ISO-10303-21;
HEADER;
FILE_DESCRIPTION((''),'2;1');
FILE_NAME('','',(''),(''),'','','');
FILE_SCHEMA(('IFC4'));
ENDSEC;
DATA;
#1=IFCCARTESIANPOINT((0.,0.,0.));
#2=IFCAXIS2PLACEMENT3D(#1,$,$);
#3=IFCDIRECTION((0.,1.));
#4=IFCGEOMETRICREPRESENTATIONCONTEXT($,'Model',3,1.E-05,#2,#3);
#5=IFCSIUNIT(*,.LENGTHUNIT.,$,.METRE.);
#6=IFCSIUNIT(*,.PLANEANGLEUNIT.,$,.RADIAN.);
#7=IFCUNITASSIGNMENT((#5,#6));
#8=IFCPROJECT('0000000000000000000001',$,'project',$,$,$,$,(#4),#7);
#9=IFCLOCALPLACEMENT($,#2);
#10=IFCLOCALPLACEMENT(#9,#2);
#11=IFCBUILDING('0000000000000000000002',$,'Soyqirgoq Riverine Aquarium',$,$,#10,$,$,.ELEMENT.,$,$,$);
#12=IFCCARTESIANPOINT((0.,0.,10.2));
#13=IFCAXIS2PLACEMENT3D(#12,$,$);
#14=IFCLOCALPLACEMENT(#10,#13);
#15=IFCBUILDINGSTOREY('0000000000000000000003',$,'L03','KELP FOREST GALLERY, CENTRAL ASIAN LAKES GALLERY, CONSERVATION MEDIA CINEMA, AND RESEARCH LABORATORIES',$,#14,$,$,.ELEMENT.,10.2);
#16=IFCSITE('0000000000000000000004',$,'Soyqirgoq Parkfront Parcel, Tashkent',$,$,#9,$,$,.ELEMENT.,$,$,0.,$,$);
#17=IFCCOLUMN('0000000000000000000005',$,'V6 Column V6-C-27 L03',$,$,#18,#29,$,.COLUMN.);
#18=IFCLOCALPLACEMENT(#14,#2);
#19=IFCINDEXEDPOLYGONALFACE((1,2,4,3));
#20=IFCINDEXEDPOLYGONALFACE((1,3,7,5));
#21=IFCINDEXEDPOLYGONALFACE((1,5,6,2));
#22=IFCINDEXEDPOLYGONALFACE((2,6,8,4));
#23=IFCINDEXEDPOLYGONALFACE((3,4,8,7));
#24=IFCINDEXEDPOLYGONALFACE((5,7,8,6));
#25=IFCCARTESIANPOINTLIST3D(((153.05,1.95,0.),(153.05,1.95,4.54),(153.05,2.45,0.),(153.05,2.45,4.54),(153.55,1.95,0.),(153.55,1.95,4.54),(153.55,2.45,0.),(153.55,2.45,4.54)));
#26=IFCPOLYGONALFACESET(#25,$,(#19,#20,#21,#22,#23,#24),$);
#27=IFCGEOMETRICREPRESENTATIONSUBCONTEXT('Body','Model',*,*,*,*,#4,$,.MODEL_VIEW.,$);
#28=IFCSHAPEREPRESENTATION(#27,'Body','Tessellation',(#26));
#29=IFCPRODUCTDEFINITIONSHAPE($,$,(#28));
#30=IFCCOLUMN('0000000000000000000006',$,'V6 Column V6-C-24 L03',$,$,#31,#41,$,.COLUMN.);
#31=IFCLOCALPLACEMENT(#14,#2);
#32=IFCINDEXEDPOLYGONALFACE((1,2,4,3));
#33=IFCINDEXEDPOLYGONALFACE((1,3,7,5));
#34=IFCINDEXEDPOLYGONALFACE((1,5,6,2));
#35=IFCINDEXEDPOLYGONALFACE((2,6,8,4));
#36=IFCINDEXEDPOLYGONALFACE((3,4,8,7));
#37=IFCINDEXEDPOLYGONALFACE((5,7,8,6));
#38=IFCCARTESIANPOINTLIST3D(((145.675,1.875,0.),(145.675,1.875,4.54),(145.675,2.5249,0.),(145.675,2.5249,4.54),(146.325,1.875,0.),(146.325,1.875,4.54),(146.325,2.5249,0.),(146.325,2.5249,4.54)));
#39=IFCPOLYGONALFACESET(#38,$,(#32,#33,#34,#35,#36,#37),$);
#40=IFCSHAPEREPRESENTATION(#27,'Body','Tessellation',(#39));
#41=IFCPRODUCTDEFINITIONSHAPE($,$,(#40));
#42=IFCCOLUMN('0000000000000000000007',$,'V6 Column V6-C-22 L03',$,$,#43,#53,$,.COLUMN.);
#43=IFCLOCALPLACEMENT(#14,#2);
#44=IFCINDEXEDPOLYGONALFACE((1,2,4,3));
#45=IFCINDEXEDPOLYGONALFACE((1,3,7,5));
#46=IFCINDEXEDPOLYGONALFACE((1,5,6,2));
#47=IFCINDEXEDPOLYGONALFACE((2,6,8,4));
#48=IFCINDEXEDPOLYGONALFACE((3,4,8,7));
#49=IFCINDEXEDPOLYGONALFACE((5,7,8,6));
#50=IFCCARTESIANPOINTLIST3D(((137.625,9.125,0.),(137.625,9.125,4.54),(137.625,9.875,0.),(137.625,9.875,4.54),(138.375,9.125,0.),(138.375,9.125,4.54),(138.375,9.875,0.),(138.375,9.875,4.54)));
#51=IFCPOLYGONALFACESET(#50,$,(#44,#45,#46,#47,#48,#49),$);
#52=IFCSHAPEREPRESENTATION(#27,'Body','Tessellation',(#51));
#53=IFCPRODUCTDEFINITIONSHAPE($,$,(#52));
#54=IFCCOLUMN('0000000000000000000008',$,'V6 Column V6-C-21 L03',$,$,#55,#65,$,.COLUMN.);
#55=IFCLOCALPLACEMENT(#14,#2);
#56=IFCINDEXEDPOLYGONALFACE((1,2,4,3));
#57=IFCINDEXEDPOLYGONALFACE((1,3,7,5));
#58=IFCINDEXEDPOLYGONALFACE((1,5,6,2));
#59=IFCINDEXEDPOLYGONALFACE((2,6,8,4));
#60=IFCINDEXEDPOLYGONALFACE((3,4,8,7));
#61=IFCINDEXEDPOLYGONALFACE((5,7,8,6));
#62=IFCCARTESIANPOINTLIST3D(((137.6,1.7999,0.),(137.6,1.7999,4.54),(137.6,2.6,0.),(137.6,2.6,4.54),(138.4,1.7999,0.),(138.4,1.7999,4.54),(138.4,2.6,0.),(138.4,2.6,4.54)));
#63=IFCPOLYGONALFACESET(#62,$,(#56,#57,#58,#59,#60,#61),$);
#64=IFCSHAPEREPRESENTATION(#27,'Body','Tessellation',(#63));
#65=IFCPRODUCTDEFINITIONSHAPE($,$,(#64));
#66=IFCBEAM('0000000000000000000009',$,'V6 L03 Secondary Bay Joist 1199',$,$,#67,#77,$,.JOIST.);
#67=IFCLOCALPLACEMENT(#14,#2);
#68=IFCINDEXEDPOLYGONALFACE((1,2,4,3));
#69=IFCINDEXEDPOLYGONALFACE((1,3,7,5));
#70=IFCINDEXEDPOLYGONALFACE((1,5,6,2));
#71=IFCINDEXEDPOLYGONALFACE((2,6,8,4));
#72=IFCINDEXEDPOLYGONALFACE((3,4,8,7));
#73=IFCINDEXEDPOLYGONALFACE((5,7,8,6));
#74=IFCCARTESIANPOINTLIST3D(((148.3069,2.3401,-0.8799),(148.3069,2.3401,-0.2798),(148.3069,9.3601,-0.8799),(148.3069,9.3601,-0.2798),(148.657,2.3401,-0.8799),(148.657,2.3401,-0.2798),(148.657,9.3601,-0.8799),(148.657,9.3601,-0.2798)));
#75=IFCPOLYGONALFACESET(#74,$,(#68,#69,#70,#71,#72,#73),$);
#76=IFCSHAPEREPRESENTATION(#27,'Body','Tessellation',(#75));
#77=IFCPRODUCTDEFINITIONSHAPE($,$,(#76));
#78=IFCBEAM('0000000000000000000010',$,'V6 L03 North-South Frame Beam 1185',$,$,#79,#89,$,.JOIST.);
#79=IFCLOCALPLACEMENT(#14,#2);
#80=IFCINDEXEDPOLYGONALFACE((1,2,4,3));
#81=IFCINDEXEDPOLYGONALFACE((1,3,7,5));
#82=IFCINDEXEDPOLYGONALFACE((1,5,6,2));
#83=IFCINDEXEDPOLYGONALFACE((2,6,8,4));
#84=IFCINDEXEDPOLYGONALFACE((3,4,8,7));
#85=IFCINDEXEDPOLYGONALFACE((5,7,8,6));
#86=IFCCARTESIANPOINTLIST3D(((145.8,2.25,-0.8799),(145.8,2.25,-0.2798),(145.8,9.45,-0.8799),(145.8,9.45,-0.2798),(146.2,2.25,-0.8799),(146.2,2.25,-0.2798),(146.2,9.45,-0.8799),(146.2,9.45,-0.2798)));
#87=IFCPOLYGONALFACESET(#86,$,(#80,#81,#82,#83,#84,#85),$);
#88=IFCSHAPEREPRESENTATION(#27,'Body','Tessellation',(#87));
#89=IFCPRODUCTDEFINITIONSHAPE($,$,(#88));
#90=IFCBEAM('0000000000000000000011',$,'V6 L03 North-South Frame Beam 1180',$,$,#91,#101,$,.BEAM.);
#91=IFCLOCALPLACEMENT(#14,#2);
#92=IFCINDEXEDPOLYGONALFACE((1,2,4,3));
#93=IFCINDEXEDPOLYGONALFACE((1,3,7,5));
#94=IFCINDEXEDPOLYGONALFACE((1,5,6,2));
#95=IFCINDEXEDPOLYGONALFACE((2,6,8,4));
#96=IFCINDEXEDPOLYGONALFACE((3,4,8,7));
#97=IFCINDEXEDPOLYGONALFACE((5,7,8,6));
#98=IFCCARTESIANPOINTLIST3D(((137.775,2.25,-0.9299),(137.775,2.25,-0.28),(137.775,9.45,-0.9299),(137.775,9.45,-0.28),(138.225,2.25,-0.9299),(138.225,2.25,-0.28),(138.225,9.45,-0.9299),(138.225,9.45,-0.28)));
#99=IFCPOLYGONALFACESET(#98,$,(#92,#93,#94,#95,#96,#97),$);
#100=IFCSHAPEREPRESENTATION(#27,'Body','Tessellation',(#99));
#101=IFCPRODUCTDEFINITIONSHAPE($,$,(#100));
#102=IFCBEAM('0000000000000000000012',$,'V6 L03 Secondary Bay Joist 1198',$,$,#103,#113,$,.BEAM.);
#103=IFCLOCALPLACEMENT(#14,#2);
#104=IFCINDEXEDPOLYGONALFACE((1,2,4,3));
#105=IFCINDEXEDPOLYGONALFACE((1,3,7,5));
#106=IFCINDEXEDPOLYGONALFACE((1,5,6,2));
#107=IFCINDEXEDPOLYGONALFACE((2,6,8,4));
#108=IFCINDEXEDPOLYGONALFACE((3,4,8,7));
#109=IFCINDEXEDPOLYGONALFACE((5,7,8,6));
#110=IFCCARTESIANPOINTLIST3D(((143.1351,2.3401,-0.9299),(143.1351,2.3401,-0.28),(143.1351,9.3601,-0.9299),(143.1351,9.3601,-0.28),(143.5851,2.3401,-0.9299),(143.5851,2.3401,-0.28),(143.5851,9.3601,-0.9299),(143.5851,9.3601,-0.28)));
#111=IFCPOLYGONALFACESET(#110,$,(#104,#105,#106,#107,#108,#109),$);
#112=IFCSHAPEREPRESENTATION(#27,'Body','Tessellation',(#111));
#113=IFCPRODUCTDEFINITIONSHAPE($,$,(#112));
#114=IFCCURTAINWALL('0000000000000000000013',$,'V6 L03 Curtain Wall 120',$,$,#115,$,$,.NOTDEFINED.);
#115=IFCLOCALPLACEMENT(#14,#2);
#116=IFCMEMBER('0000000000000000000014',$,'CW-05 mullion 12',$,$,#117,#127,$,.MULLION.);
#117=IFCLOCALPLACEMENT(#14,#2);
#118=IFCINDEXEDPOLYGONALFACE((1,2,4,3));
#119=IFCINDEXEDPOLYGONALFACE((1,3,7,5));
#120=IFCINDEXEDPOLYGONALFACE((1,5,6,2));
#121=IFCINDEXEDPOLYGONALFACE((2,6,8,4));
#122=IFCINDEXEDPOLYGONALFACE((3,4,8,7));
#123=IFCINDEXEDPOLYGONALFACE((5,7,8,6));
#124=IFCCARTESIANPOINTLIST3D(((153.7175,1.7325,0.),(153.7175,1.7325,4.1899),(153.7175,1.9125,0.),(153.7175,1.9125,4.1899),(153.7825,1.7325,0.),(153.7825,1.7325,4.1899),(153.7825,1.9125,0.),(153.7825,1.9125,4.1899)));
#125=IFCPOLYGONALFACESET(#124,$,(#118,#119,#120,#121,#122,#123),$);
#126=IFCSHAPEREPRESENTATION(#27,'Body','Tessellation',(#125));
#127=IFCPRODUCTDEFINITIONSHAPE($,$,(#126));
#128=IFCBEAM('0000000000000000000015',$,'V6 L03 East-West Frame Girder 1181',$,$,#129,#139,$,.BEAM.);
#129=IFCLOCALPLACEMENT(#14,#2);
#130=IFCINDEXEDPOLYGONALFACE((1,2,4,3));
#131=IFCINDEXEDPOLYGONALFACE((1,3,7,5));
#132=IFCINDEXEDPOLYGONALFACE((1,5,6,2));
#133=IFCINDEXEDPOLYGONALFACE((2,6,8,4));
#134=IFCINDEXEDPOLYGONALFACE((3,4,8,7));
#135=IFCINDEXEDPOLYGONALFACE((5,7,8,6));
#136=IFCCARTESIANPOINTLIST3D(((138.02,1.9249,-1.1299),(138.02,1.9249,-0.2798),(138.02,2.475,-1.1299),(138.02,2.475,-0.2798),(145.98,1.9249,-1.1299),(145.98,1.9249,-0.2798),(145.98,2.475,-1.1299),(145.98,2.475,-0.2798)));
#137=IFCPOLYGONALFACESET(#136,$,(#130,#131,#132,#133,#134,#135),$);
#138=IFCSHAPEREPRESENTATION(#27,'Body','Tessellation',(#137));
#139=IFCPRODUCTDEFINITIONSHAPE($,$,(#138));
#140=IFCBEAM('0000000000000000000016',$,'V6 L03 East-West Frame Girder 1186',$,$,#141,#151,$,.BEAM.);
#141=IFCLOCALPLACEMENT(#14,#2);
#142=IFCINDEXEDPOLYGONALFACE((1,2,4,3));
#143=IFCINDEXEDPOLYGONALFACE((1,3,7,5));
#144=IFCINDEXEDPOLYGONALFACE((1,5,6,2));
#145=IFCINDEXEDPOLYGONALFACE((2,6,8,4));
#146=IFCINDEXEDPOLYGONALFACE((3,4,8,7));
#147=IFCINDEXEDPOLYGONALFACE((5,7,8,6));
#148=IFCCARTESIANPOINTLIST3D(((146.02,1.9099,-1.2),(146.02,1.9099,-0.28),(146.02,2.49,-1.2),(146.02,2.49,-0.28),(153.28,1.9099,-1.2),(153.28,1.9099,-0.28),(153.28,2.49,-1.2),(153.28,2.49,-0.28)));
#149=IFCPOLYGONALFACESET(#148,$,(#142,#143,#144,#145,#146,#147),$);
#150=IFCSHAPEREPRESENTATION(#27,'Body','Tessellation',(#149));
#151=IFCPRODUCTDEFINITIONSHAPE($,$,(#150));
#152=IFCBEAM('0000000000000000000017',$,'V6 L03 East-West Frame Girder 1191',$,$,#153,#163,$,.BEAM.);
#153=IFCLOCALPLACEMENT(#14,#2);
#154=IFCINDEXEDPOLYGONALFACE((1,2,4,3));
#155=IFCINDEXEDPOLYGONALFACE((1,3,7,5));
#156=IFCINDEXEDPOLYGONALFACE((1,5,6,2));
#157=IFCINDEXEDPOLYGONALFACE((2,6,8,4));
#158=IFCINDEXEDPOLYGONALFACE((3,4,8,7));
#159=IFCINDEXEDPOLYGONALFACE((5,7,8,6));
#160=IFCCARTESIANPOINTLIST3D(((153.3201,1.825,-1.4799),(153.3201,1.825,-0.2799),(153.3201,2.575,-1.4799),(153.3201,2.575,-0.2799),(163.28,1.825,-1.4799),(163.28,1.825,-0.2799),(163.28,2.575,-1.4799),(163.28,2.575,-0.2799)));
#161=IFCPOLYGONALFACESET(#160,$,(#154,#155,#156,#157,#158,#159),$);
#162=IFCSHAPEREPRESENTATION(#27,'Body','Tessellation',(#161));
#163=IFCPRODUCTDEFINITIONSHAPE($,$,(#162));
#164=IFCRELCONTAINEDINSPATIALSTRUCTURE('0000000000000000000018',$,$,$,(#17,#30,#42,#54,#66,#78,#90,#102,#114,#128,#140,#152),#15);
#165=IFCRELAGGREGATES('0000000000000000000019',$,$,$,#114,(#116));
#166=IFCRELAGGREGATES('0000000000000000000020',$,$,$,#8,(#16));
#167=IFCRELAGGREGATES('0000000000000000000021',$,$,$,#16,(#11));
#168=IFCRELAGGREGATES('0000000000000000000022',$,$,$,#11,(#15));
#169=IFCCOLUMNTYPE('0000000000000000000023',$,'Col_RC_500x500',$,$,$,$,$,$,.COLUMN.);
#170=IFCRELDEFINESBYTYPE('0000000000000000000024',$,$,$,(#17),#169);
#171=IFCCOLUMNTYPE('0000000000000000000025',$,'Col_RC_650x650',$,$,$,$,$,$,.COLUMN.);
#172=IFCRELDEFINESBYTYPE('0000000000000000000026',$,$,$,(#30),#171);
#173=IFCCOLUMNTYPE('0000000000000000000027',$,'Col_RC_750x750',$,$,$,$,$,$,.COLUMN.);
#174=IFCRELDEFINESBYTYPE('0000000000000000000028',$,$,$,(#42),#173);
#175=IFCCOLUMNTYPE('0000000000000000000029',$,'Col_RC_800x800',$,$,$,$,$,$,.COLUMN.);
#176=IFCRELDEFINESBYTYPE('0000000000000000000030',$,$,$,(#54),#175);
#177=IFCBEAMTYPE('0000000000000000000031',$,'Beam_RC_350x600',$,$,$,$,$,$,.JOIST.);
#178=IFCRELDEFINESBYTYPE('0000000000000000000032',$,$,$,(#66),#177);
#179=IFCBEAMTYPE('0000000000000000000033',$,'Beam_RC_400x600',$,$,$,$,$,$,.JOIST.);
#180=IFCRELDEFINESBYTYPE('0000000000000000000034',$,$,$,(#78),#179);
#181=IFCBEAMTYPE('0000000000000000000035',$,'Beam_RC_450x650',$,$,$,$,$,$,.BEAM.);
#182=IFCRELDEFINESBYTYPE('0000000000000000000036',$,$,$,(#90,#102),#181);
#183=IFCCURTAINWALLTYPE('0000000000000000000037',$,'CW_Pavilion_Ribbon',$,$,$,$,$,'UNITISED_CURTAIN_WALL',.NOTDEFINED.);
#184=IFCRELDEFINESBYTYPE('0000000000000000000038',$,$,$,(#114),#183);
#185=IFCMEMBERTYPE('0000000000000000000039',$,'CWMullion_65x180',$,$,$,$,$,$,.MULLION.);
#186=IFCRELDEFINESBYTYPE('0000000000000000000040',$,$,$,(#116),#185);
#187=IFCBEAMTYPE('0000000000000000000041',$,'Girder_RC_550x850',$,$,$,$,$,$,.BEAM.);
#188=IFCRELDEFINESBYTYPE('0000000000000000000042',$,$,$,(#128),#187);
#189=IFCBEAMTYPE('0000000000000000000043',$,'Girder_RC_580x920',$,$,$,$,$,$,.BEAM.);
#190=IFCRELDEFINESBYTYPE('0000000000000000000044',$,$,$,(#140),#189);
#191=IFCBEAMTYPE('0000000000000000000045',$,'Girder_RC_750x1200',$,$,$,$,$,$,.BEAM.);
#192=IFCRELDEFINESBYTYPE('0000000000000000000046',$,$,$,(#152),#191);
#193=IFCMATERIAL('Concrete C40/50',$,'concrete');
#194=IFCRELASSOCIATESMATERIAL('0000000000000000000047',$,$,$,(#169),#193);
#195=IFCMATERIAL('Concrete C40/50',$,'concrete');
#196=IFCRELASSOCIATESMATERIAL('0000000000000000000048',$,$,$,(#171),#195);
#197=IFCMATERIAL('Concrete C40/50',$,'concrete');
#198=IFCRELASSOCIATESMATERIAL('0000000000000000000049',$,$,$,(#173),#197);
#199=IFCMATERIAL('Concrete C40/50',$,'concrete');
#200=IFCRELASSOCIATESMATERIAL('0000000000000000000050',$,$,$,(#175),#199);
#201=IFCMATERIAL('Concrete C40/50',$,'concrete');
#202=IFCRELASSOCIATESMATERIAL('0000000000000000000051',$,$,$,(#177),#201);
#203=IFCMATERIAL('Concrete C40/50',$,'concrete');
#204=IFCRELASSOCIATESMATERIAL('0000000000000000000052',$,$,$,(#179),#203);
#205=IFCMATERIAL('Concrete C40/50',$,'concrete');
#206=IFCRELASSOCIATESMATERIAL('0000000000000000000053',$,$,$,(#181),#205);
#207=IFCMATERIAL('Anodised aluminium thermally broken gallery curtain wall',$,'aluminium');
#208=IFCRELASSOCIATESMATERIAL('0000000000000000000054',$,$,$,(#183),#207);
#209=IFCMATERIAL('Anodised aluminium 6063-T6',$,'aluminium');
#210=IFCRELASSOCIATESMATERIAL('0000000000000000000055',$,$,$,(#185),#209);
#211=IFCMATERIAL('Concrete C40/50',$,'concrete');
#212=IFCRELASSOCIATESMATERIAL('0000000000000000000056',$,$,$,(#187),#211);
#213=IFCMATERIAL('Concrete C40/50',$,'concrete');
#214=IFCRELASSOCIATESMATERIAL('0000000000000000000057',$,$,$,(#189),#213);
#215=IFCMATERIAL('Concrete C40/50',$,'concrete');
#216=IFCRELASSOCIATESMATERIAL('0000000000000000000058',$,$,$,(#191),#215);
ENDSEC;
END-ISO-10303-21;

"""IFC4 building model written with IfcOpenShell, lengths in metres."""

from ifc_helpers import new_model, si_unit, direction, frame, origin, origin_2d, place, context, subcontext, project, spatial, rectangle, extrude, material, material_profile, profile_set, type_object, element, aggregate, save


model = new_model("IFC4")

# Units and contexts
model_context = context("Model", 3, precision=1e-05, world=origin(), true_north=direction((0.0, 1.0)))
body_context = subcontext(model_context, "Body", "Model", "MODEL_VIEW")
ifc_project = project(units=[si_unit("LENGTHUNIT", "METRE"), si_unit("PLANEANGLEUNIT", "RADIAN")], contexts=[model_context])

# Site, building, storey
site_placement = place(None, origin())
site = spatial("IfcSite", under=ifc_project, at=site_placement, Name="Soyqirgoq Parkfront Parcel, Tashkent", CompositionType="ELEMENT", RefElevation=0.0)
building_placement = place(site_placement, origin())
building = spatial("IfcBuilding", under=site, at=building_placement, Name="Soyqirgoq Riverine Aquarium", CompositionType="ELEMENT")
storey_placement = place(building_placement, frame((0.0, 0.0, 10.2)))
storey = spatial("IfcBuildingStorey", under=building, at=storey_placement, Name="L03", Description="KELP FOREST GALLERY, CENTRAL ASIAN LAKES GALLERY, CONSERVATION MEDIA CINEMA, AND RESEARCH LABORATORIES", CompositionType="ELEMENT", Elevation=10.2)

# Columns
ifc_material_1 = material(Name="Concrete C40/50", Category="concrete")
ifc_material_profile_1 = material_profile(ifc_material_1, rectangle(XDim=0.5, YDim=0.5, at=origin_2d()), Name="RC 500x500")
ifc_profile_set_1 = profile_set([ifc_material_profile_1], Name="Concrete C40/50")
column_type_1 = type_object("IfcColumnType", Name="Col_RC_500x500", PredefinedType="COLUMN", material=ifc_profile_set_1)
column_1_placement = place(storey_placement, frame((153.3, 2.2, 0.0), z_axis=(0.0, 0.0, 1.0), x_axis=(1.0, 0.0, 0.0)))
element("IfcColumn", 1, at=column_1_placement, inside=storey, type_object=column_type_1, Name="V6 Column V6-C-27 L03", PredefinedType="COLUMN", context=body_context, shape_type="SweptSolid", body=[
    extrude(rectangle(XDim=0.5, YDim=0.5, at=origin_2d()), origin(), (0.0, 0.0, 1.0), 4.54),
])
ifc_material_2 = material(Name="Concrete C40/50", Category="concrete")
ifc_material_profile_2 = material_profile(ifc_material_2, rectangle(XDim=0.6499, YDim=0.6499, at=origin_2d()), Name="RC 650x650")
ifc_profile_set_2 = profile_set([ifc_material_profile_2], Name="Concrete C40/50")
column_type_2 = type_object("IfcColumnType", Name="Col_RC_650x650", PredefinedType="COLUMN", material=ifc_profile_set_2)
column_2_placement = place(storey_placement, frame((146.0, 2.2, 0.0), z_axis=(0.0, 0.0, 1.0), x_axis=(1.0, 0.0, 0.0)))
element("IfcColumn", 2, at=column_2_placement, inside=storey, type_object=column_type_2, Name="V6 Column V6-C-24 L03", PredefinedType="COLUMN", context=body_context, shape_type="SweptSolid", body=[
    extrude(rectangle(XDim=0.6499, YDim=0.6499, at=origin_2d()), origin(), (0.0, 0.0, 1.0), 4.54),
])
ifc_material_3 = material(Name="Concrete C40/50", Category="concrete")
ifc_material_profile_3 = material_profile(ifc_material_3, rectangle(XDim=0.75, YDim=0.75, at=origin_2d()), Name="RC 750x750")
ifc_profile_set_3 = profile_set([ifc_material_profile_3], Name="Concrete C40/50")
column_type_3 = type_object("IfcColumnType", Name="Col_RC_750x750", PredefinedType="COLUMN", material=ifc_profile_set_3)
column_3_placement = place(storey_placement, frame((138.0, 9.5, 0.0), z_axis=(0.0, 0.0, 1.0), x_axis=(1.0, 0.0, 0.0)))
element("IfcColumn", 3, at=column_3_placement, inside=storey, type_object=column_type_3, Name="V6 Column V6-C-22 L03", PredefinedType="COLUMN", context=body_context, shape_type="SweptSolid", body=[
    extrude(rectangle(XDim=0.75, YDim=0.75, at=origin_2d()), origin(), (0.0, 0.0, 1.0), 4.54),
])
ifc_material_4 = material(Name="Concrete C40/50", Category="concrete")
ifc_material_profile_4 = material_profile(ifc_material_4, rectangle(XDim=0.8, YDim=0.8, at=origin_2d()), Name="RC 800x800")
ifc_profile_set_4 = profile_set([ifc_material_profile_4], Name="Concrete C40/50")
column_type_4 = type_object("IfcColumnType", Name="Col_RC_800x800", PredefinedType="COLUMN", material=ifc_profile_set_4)
column_4_placement = place(storey_placement, frame((138.0, 2.2, 0.0), z_axis=(0.0, 0.0, 1.0), x_axis=(1.0, 0.0, 0.0)))
element("IfcColumn", 4, at=column_4_placement, inside=storey, type_object=column_type_4, Name="V6 Column V6-C-21 L03", PredefinedType="COLUMN", context=body_context, shape_type="SweptSolid", body=[
    extrude(rectangle(XDim=0.8, YDim=0.8, at=origin_2d()), origin(), (0.0, 0.0, 1.0), 4.54),
])

# Beams
ifc_material_5 = material(Name="Concrete C40/50", Category="concrete")
ifc_material_profile_5 = material_profile(ifc_material_5, rectangle(XDim=0.3501, YDim=0.6001, at=origin_2d()), Name="RC 350x600")
ifc_profile_set_5 = profile_set([ifc_material_profile_5], Name="Concrete C40/50")
beam_type_1 = type_object("IfcBeamType", Name="Beam_RC_350x600", PredefinedType="JOIST", material=ifc_profile_set_5)
beam_1_placement = place(storey_placement, frame((148.4819, 2.3401, -0.5798), z_axis=(0.0, 1.0, 0.0), x_axis=(-1.0, 0.0, 0.0)))
element("IfcBeam", 5, at=beam_1_placement, inside=storey, type_object=beam_type_1, Name="V6 L03 Secondary Bay Joist 1199", PredefinedType="JOIST", context=body_context, shape_type="SweptSolid", body=[
    extrude(rectangle(XDim=0.3501, YDim=0.6001, at=origin_2d()), origin(), (0.0, 0.0, 1.0), 7.02),
])
ifc_material_6 = material(Name="Concrete C40/50", Category="concrete")
ifc_material_profile_6 = material_profile(ifc_material_6, rectangle(XDim=0.3999, YDim=0.6001, at=origin_2d()), Name="RC 400x600")
ifc_profile_set_6 = profile_set([ifc_material_profile_6], Name="Concrete C40/50")
beam_type_2 = type_object("IfcBeamType", Name="Beam_RC_400x600", PredefinedType="JOIST", material=ifc_profile_set_6)
beam_2_placement = place(storey_placement, frame((146.0, 2.25, -0.5798), z_axis=(0.0, 1.0, 0.0), x_axis=(-1.0, 0.0, 0.0)))
element("IfcBeam", 6, at=beam_2_placement, inside=storey, type_object=beam_type_2, Name="V6 L03 North-South Frame Beam 1185", PredefinedType="JOIST", context=body_context, shape_type="SweptSolid", body=[
    extrude(rectangle(XDim=0.3999, YDim=0.6001, at=origin_2d()), origin(), (0.0, 0.0, 1.0), 7.2),
])
ifc_material_7 = material(Name="Concrete C40/50", Category="concrete")
ifc_material_profile_7 = material_profile(ifc_material_7, rectangle(XDim=0.45, YDim=0.6499, at=origin_2d()), Name="RC 450x650")
ifc_profile_set_7 = profile_set([ifc_material_profile_7], Name="Concrete C40/50")
beam_type_3 = type_object("IfcBeamType", Name="Beam_RC_450x650", PredefinedType="BEAM", material=ifc_profile_set_7)
beam_3_placement = place(storey_placement, frame((138.0, 2.25, -0.605), z_axis=(0.0, 1.0, 0.0), x_axis=(-1.0, 0.0, 0.0)))
element("IfcBeam", 7, at=beam_3_placement, inside=storey, type_object=beam_type_3, Name="V6 L03 North-South Frame Beam 1180", PredefinedType="BEAM", context=body_context, shape_type="SweptSolid", body=[
    extrude(rectangle(XDim=0.45, YDim=0.6499, at=origin_2d()), origin(), (0.0, 0.0, 1.0), 7.2),
])
beam_4_placement = place(storey_placement, frame((143.3601, 2.3401, -0.605), z_axis=(0.0, 1.0, 0.0), x_axis=(-1.0, 0.0, 0.0)))
element("IfcBeam", 8, at=beam_4_placement, inside=storey, type_object=beam_type_3, Name="V6 L03 Secondary Bay Joist 1198", PredefinedType="BEAM", context=body_context, shape_type="SweptSolid", body=[
    extrude(rectangle(XDim=0.45, YDim=0.6499, at=origin_2d()), origin(), (0.0, 0.0, 1.0), 7.02),
])

# Curtain wall, member
ifc_material_8 = material(Name="Anodised aluminium thermally broken gallery curtain wall", Category="aluminium")
curtain_wall_type = type_object("IfcCurtainWallType", Name="CW_Pavilion_Ribbon", ElementType="UNITISED_CURTAIN_WALL", PredefinedType="NOTDEFINED", material=ifc_material_8)
curtain_wall_placement = place(storey_placement, origin())
curtain_wall = element("IfcCurtainWall", 9, at=curtain_wall_placement, inside=storey, type_object=curtain_wall_type, Name="V6 L03 Curtain Wall 120", PredefinedType="NOTDEFINED")
ifc_material_9 = material(Name="Anodised aluminium 6063-T6", Category="aluminium")
ifc_material_profile_8 = material_profile(ifc_material_9, rectangle(XDim=0.0649, YDim=0.1799, at=origin_2d()), Name="ALU-M 65x180")
ifc_profile_set_8 = profile_set([ifc_material_profile_8], Name="Anodised aluminium 6063-T6")
member_type = type_object("IfcMemberType", Name="CWMullion_65x180", PredefinedType="MULLION", material=ifc_profile_set_8)
member_placement = place(storey_placement, frame((153.75, 1.8225, 0.0), z_axis=(0.0, 0.0, 1.0), x_axis=(1.0, 0.0, 0.0)))
member = element("IfcMember", 10, at=member_placement, type_object=member_type, Name="CW-05 mullion 12", PredefinedType="MULLION", context=body_context, shape_type="SweptSolid", body=[
    extrude(rectangle(XDim=0.0649, YDim=0.1799, at=origin_2d()), origin(), (0.0, 0.0, 1.0), 4.1899),
])
aggregate(curtain_wall, [member])

# Beams
ifc_material_10 = material(Name="Concrete C40/50", Category="concrete")
ifc_material_profile_9 = material_profile(ifc_material_10, rectangle(XDim=0.55, YDim=0.8501, at=origin_2d()), Name="RC 550x850")
ifc_profile_set_9 = profile_set([ifc_material_profile_9], Name="Concrete C40/50")
beam_type_4 = type_object("IfcBeamType", Name="Girder_RC_550x850", PredefinedType="BEAM", material=ifc_profile_set_9)
beam_5_placement = place(storey_placement, frame((138.02, 2.2, -0.7048), z_axis=(1.0, 0.0, 0.0), x_axis=(0.0, 1.0, 0.0)))
element("IfcBeam", 11, at=beam_5_placement, inside=storey, type_object=beam_type_4, Name="V6 L03 East-West Frame Girder 1181", PredefinedType="BEAM", context=body_context, shape_type="SweptSolid", body=[
    extrude(rectangle(XDim=0.55, YDim=0.8501, at=origin_2d()), origin(), (0.0, 0.0, 1.0), 7.96),
])
ifc_material_11 = material(Name="Concrete C40/50", Category="concrete")
ifc_material_profile_10 = material_profile(ifc_material_11, rectangle(XDim=0.5801, YDim=0.9199, at=origin_2d()), Name="RC 580x920")
ifc_profile_set_10 = profile_set([ifc_material_profile_10], Name="Concrete C40/50")
beam_type_5 = type_object("IfcBeamType", Name="Girder_RC_580x920", PredefinedType="BEAM", material=ifc_profile_set_10)
beam_6_placement = place(storey_placement, frame((146.02, 2.2, -0.74), z_axis=(1.0, 0.0, 0.0), x_axis=(0.0, 1.0, 0.0)))
element("IfcBeam", 12, at=beam_6_placement, inside=storey, type_object=beam_type_5, Name="V6 L03 East-West Frame Girder 1186", PredefinedType="BEAM", context=body_context, shape_type="SweptSolid", body=[
    extrude(rectangle(XDim=0.5801, YDim=0.9199, at=origin_2d()), origin(), (0.0, 0.0, 1.0), 7.26),
])
ifc_material_12 = material(Name="Concrete C40/50", Category="concrete")
ifc_material_profile_11 = material_profile(ifc_material_12, rectangle(XDim=0.75, YDim=1.2, at=origin_2d()), Name="RC 750x1200")
ifc_profile_set_11 = profile_set([ifc_material_profile_11], Name="Concrete C40/50")
beam_type_6 = type_object("IfcBeamType", Name="Girder_RC_750x1200", PredefinedType="BEAM", material=ifc_profile_set_11)
beam_7_placement = place(storey_placement, frame((153.3201, 2.2, -0.8799), z_axis=(1.0, 0.0, 0.0), x_axis=(0.0, 1.0, 0.0)))
element("IfcBeam", 13, at=beam_7_placement, inside=storey, type_object=beam_type_6, Name="V6 L03 East-West Frame Girder 1191", PredefinedType="BEAM", context=body_context, shape_type="SweptSolid", body=[
    extrude(rectangle(XDim=0.75, YDim=1.2, at=origin_2d()), origin(), (0.0, 0.0, 1.0), 9.96),
])

save(model, "model.ifc")
